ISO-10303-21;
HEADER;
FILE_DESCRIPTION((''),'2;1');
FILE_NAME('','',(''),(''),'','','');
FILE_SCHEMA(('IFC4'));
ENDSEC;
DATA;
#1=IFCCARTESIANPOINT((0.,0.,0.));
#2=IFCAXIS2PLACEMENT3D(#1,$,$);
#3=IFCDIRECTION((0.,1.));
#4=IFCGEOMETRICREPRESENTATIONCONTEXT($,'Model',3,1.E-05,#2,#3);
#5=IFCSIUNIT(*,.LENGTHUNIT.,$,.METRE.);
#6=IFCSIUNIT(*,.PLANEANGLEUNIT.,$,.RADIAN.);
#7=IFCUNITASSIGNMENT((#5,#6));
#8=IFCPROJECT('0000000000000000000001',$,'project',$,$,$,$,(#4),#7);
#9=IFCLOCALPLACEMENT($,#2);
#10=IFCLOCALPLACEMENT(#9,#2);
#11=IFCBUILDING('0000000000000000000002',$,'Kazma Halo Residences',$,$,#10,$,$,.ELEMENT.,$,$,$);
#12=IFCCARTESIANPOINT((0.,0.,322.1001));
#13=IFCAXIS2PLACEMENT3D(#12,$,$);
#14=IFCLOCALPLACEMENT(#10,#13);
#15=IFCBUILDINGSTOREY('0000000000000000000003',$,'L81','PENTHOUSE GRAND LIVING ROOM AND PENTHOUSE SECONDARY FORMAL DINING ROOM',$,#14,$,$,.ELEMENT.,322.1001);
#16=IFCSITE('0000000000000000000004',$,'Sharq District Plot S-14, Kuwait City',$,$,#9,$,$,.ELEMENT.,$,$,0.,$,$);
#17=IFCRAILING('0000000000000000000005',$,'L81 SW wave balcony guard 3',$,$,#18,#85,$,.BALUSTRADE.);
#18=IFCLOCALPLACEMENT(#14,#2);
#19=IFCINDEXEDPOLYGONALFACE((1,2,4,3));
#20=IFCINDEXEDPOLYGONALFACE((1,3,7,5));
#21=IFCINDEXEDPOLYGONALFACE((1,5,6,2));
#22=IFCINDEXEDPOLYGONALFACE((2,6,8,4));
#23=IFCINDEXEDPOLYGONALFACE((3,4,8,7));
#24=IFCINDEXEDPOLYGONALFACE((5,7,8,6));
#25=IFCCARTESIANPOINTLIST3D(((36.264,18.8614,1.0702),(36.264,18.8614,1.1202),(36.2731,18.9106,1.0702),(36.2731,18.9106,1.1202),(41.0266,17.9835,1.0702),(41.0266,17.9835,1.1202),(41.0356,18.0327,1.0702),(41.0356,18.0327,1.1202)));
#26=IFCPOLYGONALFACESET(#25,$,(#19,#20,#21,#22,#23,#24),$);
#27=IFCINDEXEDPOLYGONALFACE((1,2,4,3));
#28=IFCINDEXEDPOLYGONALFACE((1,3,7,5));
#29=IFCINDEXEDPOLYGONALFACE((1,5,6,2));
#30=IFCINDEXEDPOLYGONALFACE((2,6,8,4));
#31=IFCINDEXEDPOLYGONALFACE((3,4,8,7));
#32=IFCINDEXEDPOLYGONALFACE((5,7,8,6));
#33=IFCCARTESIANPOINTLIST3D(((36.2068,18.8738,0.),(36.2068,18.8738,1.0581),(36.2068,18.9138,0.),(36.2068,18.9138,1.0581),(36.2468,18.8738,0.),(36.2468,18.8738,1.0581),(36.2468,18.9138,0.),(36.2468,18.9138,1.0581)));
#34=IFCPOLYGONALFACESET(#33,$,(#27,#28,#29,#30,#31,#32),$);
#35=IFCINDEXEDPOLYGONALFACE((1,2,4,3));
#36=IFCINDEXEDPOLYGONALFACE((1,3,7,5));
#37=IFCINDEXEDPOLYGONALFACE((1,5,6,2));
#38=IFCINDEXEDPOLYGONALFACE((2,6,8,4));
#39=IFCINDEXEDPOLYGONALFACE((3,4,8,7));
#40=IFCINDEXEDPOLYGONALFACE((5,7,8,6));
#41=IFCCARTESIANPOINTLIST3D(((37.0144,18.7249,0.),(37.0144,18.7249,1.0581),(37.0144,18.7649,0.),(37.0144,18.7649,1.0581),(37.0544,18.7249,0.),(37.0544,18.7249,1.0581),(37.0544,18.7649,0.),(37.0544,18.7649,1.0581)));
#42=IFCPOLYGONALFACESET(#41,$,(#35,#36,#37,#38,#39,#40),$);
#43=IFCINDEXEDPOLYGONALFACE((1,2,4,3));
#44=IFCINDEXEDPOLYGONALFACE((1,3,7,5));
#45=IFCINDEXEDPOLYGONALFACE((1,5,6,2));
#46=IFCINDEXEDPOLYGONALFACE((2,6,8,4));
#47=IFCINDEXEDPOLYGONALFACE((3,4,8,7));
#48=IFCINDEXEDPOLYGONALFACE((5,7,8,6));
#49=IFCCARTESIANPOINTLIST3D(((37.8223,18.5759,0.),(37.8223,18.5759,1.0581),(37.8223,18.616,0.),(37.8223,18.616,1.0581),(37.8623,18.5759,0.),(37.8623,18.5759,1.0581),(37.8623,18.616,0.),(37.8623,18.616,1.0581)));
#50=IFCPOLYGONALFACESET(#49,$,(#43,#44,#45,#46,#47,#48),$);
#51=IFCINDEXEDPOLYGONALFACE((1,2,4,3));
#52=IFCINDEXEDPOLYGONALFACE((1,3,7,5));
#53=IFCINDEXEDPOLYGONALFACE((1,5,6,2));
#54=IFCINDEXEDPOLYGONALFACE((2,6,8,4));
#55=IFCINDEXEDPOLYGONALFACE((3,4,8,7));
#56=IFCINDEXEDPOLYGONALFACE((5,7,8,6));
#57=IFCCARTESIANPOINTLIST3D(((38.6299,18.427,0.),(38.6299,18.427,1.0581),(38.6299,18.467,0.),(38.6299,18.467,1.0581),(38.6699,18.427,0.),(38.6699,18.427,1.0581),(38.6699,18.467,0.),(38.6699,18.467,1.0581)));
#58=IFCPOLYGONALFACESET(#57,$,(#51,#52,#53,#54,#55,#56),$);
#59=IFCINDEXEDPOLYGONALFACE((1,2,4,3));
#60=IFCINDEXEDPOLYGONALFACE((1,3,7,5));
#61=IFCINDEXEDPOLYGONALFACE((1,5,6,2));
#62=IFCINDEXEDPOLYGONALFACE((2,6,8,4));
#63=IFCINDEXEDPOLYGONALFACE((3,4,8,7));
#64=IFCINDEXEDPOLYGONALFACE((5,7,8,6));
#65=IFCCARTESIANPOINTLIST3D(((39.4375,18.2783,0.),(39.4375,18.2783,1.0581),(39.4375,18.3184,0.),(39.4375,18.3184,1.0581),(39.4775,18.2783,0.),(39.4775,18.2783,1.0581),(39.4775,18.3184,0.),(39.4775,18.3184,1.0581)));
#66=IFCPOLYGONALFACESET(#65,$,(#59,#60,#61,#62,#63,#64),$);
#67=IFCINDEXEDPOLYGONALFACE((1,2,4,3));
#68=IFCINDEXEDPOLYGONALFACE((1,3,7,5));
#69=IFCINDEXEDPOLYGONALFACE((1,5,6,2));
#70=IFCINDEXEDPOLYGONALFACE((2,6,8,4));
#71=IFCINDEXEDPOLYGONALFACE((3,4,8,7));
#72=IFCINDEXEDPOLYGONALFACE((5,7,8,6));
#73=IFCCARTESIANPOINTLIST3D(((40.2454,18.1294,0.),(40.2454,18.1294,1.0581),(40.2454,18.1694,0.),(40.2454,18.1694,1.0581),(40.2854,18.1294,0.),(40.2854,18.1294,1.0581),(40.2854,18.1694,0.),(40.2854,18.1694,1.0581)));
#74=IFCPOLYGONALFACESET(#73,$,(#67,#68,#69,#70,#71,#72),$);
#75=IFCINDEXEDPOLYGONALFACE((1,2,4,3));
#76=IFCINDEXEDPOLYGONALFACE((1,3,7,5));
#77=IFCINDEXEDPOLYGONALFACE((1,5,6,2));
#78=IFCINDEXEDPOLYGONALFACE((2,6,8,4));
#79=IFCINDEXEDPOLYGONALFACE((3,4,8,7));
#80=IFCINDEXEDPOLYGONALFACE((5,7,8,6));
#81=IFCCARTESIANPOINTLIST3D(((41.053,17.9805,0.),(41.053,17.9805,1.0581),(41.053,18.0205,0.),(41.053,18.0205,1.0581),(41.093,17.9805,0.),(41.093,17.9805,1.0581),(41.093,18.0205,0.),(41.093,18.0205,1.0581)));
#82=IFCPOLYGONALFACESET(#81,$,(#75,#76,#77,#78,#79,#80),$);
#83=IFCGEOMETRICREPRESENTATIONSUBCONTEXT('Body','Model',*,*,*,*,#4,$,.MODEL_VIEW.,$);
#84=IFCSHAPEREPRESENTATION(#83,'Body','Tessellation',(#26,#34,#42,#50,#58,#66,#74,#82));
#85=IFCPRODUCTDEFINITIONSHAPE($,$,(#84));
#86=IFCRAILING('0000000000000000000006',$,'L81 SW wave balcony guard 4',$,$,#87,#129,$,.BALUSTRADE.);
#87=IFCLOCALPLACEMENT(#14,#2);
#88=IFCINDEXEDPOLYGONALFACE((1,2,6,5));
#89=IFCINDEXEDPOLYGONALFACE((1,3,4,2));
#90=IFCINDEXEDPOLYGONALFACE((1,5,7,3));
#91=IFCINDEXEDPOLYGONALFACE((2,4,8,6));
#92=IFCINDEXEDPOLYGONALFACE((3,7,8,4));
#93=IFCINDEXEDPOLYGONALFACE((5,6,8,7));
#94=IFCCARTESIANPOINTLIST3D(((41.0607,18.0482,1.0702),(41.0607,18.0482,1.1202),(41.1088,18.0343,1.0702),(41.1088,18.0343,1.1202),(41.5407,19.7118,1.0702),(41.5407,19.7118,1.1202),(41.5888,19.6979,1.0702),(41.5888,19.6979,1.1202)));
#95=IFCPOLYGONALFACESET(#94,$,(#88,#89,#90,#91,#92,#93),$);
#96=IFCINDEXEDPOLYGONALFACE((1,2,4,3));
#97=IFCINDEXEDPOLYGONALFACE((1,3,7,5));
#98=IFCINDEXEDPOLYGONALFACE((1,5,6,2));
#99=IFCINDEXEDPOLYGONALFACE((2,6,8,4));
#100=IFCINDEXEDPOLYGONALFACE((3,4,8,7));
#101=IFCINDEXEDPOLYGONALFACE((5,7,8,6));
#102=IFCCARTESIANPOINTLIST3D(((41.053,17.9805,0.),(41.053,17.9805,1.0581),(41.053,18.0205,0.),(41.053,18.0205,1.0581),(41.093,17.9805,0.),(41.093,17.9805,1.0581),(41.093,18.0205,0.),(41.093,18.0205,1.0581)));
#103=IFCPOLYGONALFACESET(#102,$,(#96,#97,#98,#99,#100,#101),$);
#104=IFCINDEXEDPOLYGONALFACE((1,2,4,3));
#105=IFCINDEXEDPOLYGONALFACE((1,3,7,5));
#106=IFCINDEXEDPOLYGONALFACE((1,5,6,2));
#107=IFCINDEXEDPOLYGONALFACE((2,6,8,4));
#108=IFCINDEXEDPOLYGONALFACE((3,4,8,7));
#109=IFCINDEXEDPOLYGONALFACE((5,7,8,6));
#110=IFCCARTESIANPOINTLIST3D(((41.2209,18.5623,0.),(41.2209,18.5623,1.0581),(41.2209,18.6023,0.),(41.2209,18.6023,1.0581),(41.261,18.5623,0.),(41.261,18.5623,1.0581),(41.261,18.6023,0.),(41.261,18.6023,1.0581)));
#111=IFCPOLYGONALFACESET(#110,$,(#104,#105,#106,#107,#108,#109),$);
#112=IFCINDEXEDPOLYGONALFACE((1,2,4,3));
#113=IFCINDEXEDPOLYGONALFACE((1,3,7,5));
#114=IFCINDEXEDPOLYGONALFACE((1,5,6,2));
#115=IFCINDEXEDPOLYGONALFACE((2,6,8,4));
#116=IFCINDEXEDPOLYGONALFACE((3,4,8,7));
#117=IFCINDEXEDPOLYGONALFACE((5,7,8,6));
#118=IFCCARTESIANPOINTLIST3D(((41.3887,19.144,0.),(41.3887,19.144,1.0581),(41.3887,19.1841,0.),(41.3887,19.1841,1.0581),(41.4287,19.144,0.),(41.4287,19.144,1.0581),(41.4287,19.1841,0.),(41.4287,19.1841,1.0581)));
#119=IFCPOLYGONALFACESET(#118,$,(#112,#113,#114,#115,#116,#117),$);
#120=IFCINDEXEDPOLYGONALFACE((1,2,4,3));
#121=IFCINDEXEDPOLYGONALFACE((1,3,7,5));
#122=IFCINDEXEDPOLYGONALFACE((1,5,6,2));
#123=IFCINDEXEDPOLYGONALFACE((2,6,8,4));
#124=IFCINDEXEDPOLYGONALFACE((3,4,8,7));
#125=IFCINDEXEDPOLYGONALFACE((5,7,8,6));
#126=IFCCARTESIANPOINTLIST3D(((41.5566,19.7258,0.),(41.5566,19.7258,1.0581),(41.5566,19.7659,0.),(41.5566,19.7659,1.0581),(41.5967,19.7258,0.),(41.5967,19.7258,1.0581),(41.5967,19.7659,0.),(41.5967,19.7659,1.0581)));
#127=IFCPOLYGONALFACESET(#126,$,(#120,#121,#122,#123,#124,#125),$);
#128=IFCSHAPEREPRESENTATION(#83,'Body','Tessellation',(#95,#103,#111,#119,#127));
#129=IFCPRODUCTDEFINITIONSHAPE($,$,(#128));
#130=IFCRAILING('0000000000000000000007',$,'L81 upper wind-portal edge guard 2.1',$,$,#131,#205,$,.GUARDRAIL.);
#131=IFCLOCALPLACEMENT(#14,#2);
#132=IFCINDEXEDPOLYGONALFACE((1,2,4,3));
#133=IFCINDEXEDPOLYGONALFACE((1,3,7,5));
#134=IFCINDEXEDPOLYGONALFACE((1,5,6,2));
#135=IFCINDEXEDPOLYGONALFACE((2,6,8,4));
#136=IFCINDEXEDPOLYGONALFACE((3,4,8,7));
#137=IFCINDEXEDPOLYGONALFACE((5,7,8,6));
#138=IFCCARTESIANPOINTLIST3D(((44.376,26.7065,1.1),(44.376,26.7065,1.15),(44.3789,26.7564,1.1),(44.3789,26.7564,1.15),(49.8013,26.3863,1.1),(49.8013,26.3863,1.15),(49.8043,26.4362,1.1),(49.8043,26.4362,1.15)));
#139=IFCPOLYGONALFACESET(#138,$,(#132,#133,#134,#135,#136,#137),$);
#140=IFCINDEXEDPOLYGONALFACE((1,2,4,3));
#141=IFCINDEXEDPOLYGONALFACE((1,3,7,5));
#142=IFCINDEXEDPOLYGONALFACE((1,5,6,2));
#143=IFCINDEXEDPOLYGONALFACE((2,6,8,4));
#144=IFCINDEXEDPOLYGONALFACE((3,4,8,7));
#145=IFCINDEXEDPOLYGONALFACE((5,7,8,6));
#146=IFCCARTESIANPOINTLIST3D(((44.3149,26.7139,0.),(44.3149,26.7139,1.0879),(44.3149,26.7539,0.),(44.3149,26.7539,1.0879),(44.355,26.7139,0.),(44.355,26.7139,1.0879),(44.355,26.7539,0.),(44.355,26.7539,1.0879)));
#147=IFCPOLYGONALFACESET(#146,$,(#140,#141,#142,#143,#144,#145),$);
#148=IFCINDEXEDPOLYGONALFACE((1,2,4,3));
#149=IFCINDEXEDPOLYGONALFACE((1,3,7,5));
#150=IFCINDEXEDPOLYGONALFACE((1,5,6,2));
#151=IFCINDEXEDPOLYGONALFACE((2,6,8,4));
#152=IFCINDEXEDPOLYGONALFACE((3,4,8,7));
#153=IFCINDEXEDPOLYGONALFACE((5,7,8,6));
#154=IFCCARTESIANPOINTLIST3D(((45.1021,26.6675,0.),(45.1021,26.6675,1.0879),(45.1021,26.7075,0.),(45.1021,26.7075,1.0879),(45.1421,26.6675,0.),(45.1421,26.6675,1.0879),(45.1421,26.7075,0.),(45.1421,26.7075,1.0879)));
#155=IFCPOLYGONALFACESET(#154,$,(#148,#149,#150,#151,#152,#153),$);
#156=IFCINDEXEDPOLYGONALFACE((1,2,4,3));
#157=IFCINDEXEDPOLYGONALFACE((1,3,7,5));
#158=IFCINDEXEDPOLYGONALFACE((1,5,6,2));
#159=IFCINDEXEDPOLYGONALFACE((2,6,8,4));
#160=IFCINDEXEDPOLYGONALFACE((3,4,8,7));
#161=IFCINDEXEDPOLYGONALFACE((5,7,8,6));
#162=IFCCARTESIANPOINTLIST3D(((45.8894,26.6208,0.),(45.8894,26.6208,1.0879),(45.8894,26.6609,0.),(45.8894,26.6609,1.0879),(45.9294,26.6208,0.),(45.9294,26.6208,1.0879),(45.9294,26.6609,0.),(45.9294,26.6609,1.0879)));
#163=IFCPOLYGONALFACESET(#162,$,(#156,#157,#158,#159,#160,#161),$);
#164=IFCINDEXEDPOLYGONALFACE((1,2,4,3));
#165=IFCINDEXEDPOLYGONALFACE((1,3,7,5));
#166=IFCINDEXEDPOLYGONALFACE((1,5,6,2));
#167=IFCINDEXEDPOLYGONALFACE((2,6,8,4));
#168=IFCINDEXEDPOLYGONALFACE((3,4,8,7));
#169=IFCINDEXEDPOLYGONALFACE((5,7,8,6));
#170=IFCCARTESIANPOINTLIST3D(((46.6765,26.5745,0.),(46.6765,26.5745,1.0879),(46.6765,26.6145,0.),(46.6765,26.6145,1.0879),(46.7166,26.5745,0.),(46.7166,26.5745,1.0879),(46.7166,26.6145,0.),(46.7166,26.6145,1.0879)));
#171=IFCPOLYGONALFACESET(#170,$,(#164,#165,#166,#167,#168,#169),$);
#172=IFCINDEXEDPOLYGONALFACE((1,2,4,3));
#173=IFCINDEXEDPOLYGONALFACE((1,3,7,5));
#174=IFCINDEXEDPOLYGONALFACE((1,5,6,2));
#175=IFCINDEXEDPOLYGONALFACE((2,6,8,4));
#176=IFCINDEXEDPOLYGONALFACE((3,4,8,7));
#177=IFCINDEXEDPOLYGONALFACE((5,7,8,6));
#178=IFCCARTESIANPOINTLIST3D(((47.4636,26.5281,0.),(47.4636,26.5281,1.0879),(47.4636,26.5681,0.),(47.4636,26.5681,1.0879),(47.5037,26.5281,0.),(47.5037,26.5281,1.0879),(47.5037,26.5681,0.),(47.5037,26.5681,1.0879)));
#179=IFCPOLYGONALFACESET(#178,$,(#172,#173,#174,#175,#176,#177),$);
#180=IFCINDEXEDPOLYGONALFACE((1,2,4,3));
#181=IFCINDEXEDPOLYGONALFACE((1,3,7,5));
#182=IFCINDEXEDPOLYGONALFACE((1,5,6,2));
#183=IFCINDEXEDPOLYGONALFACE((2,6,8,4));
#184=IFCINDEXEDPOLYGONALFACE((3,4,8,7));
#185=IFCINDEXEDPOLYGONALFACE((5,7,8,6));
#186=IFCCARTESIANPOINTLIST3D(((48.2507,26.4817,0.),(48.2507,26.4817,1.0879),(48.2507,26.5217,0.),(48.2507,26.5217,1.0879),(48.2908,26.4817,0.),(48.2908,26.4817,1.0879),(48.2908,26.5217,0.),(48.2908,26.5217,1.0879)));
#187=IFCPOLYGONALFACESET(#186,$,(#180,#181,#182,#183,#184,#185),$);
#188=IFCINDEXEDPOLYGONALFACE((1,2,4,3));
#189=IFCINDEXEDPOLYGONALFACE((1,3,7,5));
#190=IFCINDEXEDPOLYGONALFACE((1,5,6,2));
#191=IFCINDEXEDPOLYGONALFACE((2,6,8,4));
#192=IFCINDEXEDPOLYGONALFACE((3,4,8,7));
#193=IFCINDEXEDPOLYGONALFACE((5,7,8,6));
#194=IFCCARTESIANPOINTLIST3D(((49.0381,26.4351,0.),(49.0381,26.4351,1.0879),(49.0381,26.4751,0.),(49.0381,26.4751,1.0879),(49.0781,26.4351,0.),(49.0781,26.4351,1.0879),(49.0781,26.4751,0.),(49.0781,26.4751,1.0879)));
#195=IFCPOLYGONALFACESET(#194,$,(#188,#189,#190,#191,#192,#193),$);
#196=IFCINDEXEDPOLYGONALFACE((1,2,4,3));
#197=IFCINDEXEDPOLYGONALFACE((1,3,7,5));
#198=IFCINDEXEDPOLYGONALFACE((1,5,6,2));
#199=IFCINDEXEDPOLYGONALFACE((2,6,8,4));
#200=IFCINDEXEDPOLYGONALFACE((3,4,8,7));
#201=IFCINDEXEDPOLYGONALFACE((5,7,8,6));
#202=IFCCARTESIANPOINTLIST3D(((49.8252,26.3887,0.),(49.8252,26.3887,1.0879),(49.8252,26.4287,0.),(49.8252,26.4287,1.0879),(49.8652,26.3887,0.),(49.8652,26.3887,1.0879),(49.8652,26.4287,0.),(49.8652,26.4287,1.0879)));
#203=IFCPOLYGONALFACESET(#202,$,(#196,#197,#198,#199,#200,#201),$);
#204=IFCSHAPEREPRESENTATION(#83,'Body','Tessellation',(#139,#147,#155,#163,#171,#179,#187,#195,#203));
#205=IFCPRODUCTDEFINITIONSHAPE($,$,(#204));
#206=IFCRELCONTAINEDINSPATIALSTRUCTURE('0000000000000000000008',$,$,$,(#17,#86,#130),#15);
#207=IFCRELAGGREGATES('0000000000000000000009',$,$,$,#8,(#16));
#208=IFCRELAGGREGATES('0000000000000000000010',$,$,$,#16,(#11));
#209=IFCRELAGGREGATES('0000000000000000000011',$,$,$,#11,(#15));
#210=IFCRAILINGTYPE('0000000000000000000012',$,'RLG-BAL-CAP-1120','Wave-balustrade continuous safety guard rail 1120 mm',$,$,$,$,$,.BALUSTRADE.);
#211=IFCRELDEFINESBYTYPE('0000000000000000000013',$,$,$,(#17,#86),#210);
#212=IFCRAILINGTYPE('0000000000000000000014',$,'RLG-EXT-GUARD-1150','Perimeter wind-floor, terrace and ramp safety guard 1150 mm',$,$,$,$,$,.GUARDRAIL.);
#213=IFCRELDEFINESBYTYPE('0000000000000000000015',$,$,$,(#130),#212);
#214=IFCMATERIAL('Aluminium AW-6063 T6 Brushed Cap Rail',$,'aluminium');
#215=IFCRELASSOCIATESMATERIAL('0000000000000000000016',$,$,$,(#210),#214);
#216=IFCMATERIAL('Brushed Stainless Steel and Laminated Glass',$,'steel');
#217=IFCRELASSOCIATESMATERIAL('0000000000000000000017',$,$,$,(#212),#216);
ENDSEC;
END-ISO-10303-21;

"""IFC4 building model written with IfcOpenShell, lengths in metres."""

from ifc_helpers import new_model, si_unit, direction, frame, origin, origin_2d, place, context, subcontext, project, spatial, rectangle, extrude, material, type_object, element, save


model = new_model("IFC4")

# Units and contexts
model_context = context("Model", 3, precision=1e-05, world=origin(), true_north=direction((0.0, 1.0)))
body_context = subcontext(model_context, "Body", "Model", "MODEL_VIEW")
ifc_project = project(units=[si_unit("LENGTHUNIT", "METRE"), si_unit("PLANEANGLEUNIT", "RADIAN")], contexts=[model_context])

# Site, building, storey
site_placement = place(None, origin())
site = spatial("IfcSite", under=ifc_project, at=site_placement, Name="Sharq District Plot S-14, Kuwait City", CompositionType="ELEMENT", RefElevation=0.0)
building_placement = place(site_placement, origin())
building = spatial("IfcBuilding", under=site, at=building_placement, Name="Kazma Halo Residences", CompositionType="ELEMENT")
storey_placement = place(building_placement, frame((0.0, 0.0, 322.1001)))
storey = spatial("IfcBuildingStorey", under=building, at=storey_placement, Name="L81", Description="PENTHOUSE GRAND LIVING ROOM AND PENTHOUSE SECONDARY FORMAL DINING ROOM", CompositionType="ELEMENT", Elevation=322.1001)

# Railings
ifc_material_1 = material(Name="Aluminium AW-6063 T6 Brushed Cap Rail", Category="aluminium")
railing_type_1 = type_object("IfcRailingType", Name="RLG-BAL-CAP-1120", Description="Wave-balustrade continuous safety guard rail 1120 mm", PredefinedType="BALUSTRADE", material=ifc_material_1)
railing_1_placement = place(storey_placement, frame((36.2268, 18.8938, 0.0)))
element("IfcRailing", 1, at=railing_1_placement, inside=storey, type_object=railing_type_1, Name="L81 SW wave balcony guard 3", PredefinedType="BALUSTRADE", context=body_context, shape_type="SweptSolid", body=[
    extrude(rectangle(XDim=0.05, YDim=0.05, at=origin_2d()), frame((0.0417, -0.0078, 1.0952), z_axis=(0.983432, -0.181278, 0.0), x_axis=(0.181278, 0.983432, 0.0)), (0.0, 0.0, 1.0), 4.8428),
    extrude(rectangle(XDim=0.04, YDim=0.04, at=origin_2d()), origin(), (0.0, 0.0, 1.0), 1.0581),
    extrude(rectangle(XDim=0.04, YDim=0.04, at=origin_2d()), frame((0.8076, -0.1489, 0.0)), (0.0, 0.0, 1.0), 1.0581),
    extrude(rectangle(XDim=0.04, YDim=0.04, at=origin_2d()), frame((1.6155, -0.2979, 0.0)), (0.0, 0.0, 1.0), 1.0581),
    extrude(rectangle(XDim=0.04, YDim=0.04, at=origin_2d()), frame((2.4231, -0.4468, 0.0)), (0.0, 0.0, 1.0), 1.0581),
    extrude(rectangle(XDim=0.04, YDim=0.04, at=origin_2d()), frame((3.2307, -0.5955, 0.0)), (0.0, 0.0, 1.0), 1.0581),
    extrude(rectangle(XDim=0.04, YDim=0.04, at=origin_2d()), frame((4.0386, -0.7444, 0.0)), (0.0, 0.0, 1.0), 1.0581),
    extrude(rectangle(XDim=0.04, YDim=0.04, at=origin_2d()), frame((4.8462, -0.8933, 0.0)), (0.0, 0.0, 1.0), 1.0581),
])
railing_2_placement = place(storey_placement, frame((41.073, 18.0005, 0.0)))
element("IfcRailing", 2, at=railing_2_placement, inside=storey, type_object=railing_type_1, Name="L81 SW wave balcony guard 4", PredefinedType="BALUSTRADE", context=body_context, shape_type="SweptSolid", body=[
    extrude(rectangle(XDim=0.05, YDim=0.05, at=origin_2d()), frame((0.0117, 0.0408, 1.0952), z_axis=(0.277258, 0.960795, 0.0), x_axis=(-0.960795, 0.277258, 0.0)), (0.0, 0.0, 1.0), 1.7314),
    extrude(rectangle(XDim=0.04, YDim=0.04, at=origin_2d()), origin(), (0.0, 0.0, 1.0), 1.0581),
    extrude(rectangle(XDim=0.04, YDim=0.04, at=origin_2d()), frame((0.168, 0.5818, 0.0)), (0.0, 0.0, 1.0), 1.0581),
    extrude(rectangle(XDim=0.04, YDim=0.04, at=origin_2d()), frame((0.3357, 1.1636, 0.0)), (0.0, 0.0, 1.0), 1.0581),
    extrude(rectangle(XDim=0.04, YDim=0.04, at=origin_2d()), frame((0.5037, 1.7454, 0.0)), (0.0, 0.0, 1.0), 1.0581),
])
ifc_material_2 = material(Name="Brushed Stainless Steel and Laminated Glass", Category="steel")
railing_type_2 = type_object("IfcRailingType", Name="RLG-EXT-GUARD-1150", Description="Perimeter wind-floor, terrace and ramp safety guard 1150 mm", PredefinedType="GUARDRAIL", material=ifc_material_2)
railing_3_placement = place(storey_placement, frame((44.335, 26.7339, 0.0)))
element("IfcRailing", 3, at=railing_3_placement, inside=storey, type_object=railing_type_2, Name="L81 upper wind-portal edge guard 2.1", PredefinedType="GUARDRAIL", context=body_context, shape_type="SweptSolid", body=[
    extrude(rectangle(XDim=0.05, YDim=0.05, at=origin_2d()), frame((0.0425, -0.0024, 1.125), z_axis=(0.998263, -0.058914, 0.0), x_axis=(0.058914, 0.998263, 0.0)), (0.0, 0.0, 1.0), 5.4348),
    extrude(rectangle(XDim=0.04, YDim=0.04, at=origin_2d()), origin(), (0.0, 0.0, 1.0), 1.0879),
    extrude(rectangle(XDim=0.04, YDim=0.04, at=origin_2d()), frame((0.7871, -0.0464, 0.0)), (0.0, 0.0, 1.0), 1.0879),
    extrude(rectangle(XDim=0.04, YDim=0.04, at=origin_2d()), frame((1.5745, -0.093, 0.0)), (0.0, 0.0, 1.0), 1.0879),
    extrude(rectangle(XDim=0.04, YDim=0.04, at=origin_2d()), frame((2.3616, -0.1394, 0.0)), (0.0, 0.0, 1.0), 1.0879),
    extrude(rectangle(XDim=0.04, YDim=0.04, at=origin_2d()), frame((3.1487, -0.1858, 0.0)), (0.0, 0.0, 1.0), 1.0879),
    extrude(rectangle(XDim=0.04, YDim=0.04, at=origin_2d()), frame((3.9358, -0.2322, 0.0)), (0.0, 0.0, 1.0), 1.0879),
    extrude(rectangle(XDim=0.04, YDim=0.04, at=origin_2d()), frame((4.7231, -0.2788, 0.0)), (0.0, 0.0, 1.0), 1.0879),
    extrude(rectangle(XDim=0.04, YDim=0.04, at=origin_2d()), frame((5.5103, -0.3252, 0.0)), (0.0, 0.0, 1.0), 1.0879),
])

save(model, "model.ifc")
